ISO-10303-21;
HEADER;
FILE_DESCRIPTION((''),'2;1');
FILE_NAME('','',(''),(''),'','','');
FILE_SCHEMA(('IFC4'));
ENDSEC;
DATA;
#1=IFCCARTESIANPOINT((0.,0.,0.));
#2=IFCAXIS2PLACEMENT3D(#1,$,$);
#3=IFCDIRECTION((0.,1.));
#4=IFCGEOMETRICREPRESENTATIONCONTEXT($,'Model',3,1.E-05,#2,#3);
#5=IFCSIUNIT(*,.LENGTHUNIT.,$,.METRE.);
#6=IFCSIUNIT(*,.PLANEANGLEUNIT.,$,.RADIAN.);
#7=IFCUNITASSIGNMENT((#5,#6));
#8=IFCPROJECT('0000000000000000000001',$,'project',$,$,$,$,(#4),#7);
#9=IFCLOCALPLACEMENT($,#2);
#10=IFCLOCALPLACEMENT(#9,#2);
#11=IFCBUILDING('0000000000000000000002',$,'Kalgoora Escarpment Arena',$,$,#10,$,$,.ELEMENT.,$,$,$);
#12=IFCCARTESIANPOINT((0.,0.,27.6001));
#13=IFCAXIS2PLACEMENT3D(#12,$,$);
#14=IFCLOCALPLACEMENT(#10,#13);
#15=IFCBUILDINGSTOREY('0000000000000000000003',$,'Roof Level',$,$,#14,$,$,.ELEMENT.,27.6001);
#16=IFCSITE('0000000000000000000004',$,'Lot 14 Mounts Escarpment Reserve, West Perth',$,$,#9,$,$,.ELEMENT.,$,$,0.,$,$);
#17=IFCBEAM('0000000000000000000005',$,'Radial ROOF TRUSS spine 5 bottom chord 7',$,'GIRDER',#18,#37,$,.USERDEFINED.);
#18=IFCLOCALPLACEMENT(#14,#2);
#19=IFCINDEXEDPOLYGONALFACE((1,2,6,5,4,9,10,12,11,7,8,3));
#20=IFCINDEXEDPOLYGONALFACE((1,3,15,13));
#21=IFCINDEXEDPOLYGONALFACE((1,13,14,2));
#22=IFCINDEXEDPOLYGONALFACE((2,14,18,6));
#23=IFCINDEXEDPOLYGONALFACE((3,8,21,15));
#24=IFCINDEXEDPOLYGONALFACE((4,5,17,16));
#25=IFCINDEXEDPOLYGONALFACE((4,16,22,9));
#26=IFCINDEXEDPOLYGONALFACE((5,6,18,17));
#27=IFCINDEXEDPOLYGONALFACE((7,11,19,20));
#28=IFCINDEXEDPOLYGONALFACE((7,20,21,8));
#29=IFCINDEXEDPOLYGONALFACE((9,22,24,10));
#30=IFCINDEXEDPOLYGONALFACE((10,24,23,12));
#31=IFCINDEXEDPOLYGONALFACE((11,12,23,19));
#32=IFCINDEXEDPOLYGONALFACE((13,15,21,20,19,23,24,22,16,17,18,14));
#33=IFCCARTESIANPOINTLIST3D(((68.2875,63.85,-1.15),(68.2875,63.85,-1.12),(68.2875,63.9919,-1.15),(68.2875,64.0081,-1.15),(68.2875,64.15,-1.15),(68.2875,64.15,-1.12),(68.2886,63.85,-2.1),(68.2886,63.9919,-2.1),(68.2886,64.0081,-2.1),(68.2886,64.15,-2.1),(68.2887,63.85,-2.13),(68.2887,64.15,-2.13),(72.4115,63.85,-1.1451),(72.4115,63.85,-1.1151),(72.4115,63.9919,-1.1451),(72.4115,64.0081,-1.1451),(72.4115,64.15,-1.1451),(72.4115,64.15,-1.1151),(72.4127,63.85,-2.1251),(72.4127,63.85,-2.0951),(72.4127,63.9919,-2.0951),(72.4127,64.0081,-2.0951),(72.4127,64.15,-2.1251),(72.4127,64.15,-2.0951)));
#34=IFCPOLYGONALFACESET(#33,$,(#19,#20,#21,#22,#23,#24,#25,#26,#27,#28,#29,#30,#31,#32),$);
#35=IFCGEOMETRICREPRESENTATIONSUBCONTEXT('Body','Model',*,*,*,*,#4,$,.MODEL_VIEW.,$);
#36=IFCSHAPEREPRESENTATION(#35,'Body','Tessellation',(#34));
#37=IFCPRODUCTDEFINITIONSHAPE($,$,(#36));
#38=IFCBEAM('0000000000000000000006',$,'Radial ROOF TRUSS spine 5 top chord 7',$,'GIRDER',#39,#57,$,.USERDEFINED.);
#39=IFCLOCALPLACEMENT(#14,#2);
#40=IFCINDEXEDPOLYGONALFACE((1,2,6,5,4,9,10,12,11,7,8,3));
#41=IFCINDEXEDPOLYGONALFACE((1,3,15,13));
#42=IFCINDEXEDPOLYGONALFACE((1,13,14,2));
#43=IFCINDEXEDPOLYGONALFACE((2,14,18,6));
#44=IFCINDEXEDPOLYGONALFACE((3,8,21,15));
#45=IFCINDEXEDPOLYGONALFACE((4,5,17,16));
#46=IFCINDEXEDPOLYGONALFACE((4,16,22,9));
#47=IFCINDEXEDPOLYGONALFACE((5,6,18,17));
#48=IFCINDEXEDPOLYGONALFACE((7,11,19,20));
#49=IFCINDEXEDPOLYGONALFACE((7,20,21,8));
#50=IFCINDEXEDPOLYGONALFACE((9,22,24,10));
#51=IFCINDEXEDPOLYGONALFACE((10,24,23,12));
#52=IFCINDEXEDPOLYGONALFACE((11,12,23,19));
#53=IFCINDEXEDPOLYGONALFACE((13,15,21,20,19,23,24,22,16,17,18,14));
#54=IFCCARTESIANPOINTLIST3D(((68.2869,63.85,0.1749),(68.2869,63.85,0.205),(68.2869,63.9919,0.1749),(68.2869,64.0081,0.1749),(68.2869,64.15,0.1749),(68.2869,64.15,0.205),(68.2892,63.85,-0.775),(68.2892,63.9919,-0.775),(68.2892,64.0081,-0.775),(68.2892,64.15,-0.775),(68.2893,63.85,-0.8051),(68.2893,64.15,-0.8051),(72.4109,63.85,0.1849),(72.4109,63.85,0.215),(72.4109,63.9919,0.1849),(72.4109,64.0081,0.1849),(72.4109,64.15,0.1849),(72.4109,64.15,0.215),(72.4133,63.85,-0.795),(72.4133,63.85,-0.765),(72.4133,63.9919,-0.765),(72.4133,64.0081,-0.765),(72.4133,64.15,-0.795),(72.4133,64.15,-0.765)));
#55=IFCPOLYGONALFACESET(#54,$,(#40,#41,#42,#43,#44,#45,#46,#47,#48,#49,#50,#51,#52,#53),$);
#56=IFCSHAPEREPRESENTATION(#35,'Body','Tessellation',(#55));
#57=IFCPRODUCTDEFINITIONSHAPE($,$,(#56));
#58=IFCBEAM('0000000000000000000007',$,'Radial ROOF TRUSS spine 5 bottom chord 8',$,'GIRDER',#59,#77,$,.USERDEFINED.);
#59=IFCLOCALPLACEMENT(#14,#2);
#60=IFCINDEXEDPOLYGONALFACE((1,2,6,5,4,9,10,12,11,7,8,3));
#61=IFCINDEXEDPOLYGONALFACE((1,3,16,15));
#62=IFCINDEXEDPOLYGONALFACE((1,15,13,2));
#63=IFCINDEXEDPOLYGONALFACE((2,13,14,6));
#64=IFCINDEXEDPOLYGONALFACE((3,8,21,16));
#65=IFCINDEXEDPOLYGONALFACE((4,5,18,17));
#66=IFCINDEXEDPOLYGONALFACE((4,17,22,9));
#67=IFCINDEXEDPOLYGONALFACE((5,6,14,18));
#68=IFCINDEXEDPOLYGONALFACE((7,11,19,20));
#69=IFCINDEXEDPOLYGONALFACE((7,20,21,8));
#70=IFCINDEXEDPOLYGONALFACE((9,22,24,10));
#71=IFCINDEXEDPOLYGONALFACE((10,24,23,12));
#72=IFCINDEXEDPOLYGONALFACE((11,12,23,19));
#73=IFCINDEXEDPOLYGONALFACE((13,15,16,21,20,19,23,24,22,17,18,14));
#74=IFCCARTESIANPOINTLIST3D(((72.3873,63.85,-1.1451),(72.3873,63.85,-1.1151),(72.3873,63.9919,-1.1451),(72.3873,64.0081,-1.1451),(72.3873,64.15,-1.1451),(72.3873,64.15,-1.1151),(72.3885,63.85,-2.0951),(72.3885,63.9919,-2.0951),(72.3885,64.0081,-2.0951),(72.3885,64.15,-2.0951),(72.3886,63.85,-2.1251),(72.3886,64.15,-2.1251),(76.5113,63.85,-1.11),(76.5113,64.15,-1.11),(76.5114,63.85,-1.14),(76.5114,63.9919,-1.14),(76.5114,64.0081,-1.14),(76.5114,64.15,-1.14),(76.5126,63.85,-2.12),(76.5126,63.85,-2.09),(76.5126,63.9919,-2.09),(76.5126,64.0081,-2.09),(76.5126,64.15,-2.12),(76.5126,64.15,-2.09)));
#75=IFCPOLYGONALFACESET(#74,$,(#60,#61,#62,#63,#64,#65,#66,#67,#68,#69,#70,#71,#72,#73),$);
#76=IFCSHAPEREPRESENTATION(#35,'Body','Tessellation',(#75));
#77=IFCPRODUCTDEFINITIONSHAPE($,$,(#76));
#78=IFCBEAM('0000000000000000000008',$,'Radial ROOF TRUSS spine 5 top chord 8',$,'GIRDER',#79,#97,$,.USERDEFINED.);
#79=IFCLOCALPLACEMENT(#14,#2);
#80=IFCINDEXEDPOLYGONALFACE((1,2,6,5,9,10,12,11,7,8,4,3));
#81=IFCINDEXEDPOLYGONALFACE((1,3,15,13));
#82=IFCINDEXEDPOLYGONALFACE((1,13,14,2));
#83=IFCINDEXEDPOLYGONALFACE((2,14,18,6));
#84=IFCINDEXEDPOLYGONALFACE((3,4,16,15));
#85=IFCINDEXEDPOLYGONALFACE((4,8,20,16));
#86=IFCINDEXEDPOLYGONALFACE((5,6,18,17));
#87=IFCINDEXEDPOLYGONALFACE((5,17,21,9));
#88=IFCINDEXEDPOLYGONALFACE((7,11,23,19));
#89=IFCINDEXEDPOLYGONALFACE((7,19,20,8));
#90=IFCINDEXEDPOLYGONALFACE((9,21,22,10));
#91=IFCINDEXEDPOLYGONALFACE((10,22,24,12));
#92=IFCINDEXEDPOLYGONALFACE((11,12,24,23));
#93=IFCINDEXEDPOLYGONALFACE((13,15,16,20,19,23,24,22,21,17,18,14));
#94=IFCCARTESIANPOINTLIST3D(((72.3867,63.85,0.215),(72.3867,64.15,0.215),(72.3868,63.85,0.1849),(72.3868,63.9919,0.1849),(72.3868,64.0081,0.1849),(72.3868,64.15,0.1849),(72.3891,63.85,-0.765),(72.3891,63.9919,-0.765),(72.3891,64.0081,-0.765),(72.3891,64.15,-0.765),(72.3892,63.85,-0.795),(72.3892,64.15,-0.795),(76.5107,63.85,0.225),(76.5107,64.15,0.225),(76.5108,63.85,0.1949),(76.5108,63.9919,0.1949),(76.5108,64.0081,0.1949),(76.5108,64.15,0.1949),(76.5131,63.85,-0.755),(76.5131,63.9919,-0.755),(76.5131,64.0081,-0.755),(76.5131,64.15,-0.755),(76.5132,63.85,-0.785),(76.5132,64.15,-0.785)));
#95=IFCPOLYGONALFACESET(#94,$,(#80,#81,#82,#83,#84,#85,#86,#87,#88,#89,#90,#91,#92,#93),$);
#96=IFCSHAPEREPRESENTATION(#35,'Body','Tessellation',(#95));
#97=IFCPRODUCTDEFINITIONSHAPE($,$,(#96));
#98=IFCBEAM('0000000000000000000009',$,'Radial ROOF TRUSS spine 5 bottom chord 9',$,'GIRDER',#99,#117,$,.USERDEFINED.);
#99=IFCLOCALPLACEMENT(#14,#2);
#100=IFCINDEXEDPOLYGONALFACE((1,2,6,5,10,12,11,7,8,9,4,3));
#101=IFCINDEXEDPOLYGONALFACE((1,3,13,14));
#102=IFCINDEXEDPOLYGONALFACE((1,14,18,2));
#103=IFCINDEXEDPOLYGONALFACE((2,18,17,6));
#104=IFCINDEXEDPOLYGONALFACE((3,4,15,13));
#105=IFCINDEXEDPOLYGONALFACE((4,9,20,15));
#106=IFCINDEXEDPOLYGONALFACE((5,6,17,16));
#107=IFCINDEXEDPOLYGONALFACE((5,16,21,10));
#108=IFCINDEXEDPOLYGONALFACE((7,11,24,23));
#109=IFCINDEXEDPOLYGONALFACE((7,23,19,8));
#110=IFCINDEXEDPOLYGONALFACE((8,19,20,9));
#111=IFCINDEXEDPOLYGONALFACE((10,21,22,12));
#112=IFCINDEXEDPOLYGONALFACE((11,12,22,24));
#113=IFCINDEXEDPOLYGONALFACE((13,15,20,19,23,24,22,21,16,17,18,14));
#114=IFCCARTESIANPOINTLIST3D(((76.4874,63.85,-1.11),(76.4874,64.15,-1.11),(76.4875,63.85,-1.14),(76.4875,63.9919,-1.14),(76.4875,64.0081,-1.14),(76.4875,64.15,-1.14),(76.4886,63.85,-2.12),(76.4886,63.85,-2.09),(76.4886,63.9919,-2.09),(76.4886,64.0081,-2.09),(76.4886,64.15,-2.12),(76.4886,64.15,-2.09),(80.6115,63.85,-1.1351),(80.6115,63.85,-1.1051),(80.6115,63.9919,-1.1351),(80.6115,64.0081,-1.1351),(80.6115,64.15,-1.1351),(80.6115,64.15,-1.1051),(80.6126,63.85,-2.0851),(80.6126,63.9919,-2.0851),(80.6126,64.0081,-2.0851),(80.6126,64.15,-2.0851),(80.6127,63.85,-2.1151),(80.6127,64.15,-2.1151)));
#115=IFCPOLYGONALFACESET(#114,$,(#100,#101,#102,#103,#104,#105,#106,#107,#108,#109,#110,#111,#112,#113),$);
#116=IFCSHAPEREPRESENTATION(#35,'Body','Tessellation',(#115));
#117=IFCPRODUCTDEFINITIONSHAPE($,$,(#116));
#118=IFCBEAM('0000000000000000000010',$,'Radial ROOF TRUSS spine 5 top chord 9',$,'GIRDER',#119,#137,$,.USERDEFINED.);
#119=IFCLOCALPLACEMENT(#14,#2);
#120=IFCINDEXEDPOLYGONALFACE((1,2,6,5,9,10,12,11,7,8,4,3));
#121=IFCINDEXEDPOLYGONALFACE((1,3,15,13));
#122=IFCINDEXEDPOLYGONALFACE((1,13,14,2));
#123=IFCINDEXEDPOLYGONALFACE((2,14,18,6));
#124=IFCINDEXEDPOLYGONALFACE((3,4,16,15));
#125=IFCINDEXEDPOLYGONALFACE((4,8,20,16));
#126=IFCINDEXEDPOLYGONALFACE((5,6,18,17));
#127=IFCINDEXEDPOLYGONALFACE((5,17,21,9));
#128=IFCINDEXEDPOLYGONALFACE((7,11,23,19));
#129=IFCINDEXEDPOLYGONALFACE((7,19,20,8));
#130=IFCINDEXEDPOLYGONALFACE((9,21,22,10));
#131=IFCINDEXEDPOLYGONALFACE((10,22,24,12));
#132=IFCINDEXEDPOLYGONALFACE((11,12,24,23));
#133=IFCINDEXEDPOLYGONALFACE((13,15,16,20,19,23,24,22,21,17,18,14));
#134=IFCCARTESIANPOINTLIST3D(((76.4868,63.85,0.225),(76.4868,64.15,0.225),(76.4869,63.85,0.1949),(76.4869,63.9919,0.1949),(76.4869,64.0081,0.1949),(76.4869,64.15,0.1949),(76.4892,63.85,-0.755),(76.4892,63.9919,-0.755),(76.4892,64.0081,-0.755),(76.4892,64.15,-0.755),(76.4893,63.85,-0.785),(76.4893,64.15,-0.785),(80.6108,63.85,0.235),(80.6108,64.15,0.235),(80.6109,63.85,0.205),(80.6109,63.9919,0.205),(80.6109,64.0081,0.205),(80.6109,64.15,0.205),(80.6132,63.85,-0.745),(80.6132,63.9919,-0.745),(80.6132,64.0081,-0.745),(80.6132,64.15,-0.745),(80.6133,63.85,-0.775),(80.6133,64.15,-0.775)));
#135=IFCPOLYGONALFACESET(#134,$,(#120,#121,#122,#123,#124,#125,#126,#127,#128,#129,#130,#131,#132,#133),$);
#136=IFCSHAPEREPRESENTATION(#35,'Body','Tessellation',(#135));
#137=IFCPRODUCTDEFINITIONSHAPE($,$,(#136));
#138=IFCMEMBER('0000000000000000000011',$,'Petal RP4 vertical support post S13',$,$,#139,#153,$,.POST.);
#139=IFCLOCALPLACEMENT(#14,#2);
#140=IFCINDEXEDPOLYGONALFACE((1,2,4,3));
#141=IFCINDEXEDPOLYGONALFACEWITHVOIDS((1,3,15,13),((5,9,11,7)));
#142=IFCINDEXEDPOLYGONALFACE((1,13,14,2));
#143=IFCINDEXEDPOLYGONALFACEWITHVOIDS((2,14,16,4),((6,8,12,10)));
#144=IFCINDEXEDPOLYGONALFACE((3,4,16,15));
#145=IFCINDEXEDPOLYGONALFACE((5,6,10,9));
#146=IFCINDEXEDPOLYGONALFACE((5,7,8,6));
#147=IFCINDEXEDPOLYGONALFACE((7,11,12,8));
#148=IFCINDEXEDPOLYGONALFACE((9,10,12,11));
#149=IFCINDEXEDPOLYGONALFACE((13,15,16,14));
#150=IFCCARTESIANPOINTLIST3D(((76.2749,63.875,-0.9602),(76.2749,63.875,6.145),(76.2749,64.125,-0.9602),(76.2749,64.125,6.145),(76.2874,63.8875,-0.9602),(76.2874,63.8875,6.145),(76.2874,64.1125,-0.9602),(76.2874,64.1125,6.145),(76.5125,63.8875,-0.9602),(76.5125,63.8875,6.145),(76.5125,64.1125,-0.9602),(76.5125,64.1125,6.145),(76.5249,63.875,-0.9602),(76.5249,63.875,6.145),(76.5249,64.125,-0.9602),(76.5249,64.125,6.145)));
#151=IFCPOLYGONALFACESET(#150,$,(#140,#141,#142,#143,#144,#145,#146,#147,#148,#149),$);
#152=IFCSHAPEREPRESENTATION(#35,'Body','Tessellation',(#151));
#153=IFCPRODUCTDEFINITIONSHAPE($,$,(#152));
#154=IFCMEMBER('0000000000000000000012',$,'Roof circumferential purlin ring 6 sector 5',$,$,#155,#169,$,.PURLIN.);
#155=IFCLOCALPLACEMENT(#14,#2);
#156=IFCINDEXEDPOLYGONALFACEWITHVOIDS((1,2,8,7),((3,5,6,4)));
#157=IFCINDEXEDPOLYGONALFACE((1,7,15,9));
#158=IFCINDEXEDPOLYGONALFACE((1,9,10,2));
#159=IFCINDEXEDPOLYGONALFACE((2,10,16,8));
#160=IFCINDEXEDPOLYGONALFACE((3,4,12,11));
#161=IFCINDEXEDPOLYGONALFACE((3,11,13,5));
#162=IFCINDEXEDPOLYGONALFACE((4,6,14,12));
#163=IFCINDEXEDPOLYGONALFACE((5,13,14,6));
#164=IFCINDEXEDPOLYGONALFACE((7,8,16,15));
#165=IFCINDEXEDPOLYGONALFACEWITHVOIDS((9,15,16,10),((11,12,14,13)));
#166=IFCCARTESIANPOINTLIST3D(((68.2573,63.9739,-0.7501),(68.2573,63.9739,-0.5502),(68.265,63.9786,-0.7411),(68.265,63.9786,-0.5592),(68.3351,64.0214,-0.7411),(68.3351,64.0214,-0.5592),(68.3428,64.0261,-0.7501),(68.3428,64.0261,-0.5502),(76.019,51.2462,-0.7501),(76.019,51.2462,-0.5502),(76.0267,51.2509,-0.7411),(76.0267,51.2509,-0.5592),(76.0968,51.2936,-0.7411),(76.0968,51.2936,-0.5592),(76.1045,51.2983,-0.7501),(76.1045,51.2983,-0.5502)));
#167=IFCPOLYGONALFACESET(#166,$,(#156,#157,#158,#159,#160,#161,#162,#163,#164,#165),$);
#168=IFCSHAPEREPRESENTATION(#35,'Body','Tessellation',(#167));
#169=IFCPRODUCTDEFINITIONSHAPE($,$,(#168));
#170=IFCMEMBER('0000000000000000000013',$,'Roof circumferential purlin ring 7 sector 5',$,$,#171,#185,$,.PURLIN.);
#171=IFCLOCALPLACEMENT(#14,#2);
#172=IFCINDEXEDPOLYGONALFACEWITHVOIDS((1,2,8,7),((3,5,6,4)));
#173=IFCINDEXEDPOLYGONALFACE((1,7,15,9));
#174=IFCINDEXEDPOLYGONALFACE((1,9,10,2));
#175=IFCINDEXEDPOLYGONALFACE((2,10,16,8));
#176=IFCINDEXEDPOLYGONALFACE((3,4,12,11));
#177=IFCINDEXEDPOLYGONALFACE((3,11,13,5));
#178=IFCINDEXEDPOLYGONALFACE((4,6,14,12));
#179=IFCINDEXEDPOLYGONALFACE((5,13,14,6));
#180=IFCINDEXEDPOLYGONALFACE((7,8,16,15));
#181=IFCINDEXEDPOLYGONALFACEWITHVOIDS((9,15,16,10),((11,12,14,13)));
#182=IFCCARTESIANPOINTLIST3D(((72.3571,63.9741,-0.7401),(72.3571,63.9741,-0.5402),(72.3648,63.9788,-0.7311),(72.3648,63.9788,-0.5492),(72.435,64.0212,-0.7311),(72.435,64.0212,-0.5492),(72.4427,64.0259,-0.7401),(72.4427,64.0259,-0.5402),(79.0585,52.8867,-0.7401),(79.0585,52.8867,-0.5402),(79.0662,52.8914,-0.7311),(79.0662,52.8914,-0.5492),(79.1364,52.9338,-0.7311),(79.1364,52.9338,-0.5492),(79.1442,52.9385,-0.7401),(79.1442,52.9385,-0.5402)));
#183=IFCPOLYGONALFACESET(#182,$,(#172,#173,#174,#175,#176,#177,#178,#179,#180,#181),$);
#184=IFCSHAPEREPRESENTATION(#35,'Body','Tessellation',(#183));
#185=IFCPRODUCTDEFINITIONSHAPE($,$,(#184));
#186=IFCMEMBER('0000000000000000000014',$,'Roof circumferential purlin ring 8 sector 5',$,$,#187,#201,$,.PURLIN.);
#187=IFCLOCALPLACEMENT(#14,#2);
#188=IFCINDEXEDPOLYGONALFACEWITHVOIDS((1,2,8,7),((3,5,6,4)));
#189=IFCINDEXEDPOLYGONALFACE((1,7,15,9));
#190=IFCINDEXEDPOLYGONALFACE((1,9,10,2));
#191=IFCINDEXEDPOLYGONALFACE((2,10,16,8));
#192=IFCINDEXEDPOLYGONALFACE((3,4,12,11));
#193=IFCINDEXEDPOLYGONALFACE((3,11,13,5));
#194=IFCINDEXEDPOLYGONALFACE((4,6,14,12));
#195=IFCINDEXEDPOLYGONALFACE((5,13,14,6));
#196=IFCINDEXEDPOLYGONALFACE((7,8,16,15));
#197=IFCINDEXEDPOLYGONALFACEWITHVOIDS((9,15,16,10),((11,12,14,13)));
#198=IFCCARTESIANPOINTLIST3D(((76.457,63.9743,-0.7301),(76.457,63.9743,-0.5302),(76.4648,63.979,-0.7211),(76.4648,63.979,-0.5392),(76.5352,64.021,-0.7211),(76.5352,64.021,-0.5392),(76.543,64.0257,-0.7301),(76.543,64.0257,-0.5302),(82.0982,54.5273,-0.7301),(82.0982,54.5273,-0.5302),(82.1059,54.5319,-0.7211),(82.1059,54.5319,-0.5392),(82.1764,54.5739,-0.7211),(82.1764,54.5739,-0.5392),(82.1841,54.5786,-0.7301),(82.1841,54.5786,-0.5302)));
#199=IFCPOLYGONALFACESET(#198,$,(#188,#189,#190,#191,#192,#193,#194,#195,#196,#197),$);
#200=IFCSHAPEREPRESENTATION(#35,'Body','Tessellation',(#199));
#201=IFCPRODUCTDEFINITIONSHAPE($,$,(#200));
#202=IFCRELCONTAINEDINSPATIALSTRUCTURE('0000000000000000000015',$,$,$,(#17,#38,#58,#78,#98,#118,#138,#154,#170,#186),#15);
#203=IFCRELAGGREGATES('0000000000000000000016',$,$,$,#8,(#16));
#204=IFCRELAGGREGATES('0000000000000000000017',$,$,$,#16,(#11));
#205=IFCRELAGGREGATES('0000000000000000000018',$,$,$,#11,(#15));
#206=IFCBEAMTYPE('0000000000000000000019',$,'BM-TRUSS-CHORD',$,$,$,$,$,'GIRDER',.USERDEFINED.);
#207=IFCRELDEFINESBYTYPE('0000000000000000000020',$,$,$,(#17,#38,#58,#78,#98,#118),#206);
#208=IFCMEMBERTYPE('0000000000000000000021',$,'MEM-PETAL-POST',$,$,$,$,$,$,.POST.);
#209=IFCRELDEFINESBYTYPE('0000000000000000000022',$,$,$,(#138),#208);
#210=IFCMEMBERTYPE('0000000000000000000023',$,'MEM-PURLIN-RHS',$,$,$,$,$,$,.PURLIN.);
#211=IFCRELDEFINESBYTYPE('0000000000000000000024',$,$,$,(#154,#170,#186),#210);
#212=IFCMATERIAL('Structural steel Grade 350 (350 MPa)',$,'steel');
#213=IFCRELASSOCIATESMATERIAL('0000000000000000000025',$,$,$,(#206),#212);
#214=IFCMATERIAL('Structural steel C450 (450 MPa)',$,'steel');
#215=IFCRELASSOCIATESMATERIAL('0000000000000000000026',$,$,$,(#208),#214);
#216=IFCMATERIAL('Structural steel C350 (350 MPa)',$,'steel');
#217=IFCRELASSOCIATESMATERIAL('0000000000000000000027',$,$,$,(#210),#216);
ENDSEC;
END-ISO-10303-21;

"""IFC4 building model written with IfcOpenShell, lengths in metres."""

from ifc_helpers import new_model, si_unit, direction, frame, origin, origin_2d, place, context, subcontext, project, spatial, hollow_rectangle, i_section, extrude, material, material_profile, profile_set, type_object, element, save


model = new_model("IFC4")

# Units and contexts
model_context = context("Model", 3, precision=1e-05, world=origin(), true_north=direction((0.0, 1.0)))
body_context = subcontext(model_context, "Body", "Model", "MODEL_VIEW")
ifc_project = project(units=[si_unit("LENGTHUNIT", "METRE"), si_unit("PLANEANGLEUNIT", "RADIAN")], contexts=[model_context])

# Site, building, storey
site_placement = place(None, origin())
site = spatial("IfcSite", under=ifc_project, at=site_placement, Name="Lot 14 Mounts Escarpment Reserve, West Perth", CompositionType="ELEMENT", RefElevation=0.0)
building_placement = place(site_placement, origin())
building = spatial("IfcBuilding", under=site, at=building_placement, Name="Kalgoora Escarpment Arena", CompositionType="ELEMENT")
storey_placement = place(building_placement, frame((0.0, 0.0, 27.6001)))
storey = spatial("IfcBuildingStorey", under=building, at=storey_placement, Name="Roof Level", CompositionType="ELEMENT", Elevation=27.6001)

# Beams
ifc_material_1 = material(Name="Structural steel Grade 350 (350 MPa)", Category="steel")
ifc_material_profile_1 = material_profile(ifc_material_1, i_section(OverallWidth=0.3, OverallDepth=1.01, WebThickness=0.0161, FlangeThickness=0.03, at=origin_2d()))
ifc_profile_set_1 = profile_set([ifc_material_profile_1], Name="Structural steel Grade 350 (350 MPa)")
beam_type = type_object("IfcBeamType", Name="BM-TRUSS-CHORD", ElementType="GIRDER", PredefinedType="USERDEFINED", material=ifc_profile_set_1)
for number, where, z_axis, x_axis, name in (
    (1, (68.2881, 64.0, -1.625), (0.999999, 0.0, 0.001184), (0.0, 1.0, 0.0), "Radial ROOF TRUSS spine 5 bottom chord 7"),
    (2, (68.2881, 64.0, -0.3), (0.999997, 0.0, 0.002427), (0.0, 1.0, 0.0), "Radial ROOF TRUSS spine 5 top chord 7"),
    (3, (72.3879, 64.0, -1.6201), (0.999999, 0.0, 0.001243), (0.0, 1.0, 0.0), "Radial ROOF TRUSS spine 5 bottom chord 8"),
    (4, (72.3879, 64.0, -0.29), (0.999997, 0.0, 0.002427), (0.0, 1.0, 0.0), "Radial ROOF TRUSS spine 5 top chord 8"),
    (5, (76.488, 64.0, -1.615), (0.999999, 0.0, 0.001184), (0.0, 1.0, 0.0), "Radial ROOF TRUSS spine 5 bottom chord 9"),
    (6, (76.488, 64.0, -0.28), (0.999997, 0.0, 0.002427), (0.0, 1.0, 0.0), "Radial ROOF TRUSS spine 5 top chord 9"),
):
    element("IfcBeam", number, at=place(storey_placement, frame(where, z_axis=z_axis, x_axis=x_axis)), inside=storey, type_object=beam_type, Name=name, ObjectType="GIRDER", PredefinedType="USERDEFINED", context=body_context, shape_type="SweptSolid", body=[
        extrude(i_section(OverallWidth=0.3, OverallDepth=1.01, WebThickness=0.0161, FlangeThickness=0.03, at=origin_2d()), origin(), (0.0, 0.0, 1.0), 4.124),
    ])

# Members
ifc_material_2 = material(Name="Structural steel C450 (450 MPa)", Category="steel")
ifc_material_profile_2 = material_profile(ifc_material_2, hollow_rectangle(XDim=0.25, YDim=0.25, WallThickness=0.0125, at=origin_2d()))
ifc_profile_set_2 = profile_set([ifc_material_profile_2], Name="Structural steel C450 (450 MPa)")
member_type_1 = type_object("IfcMemberType", Name="MEM-PETAL-POST", PredefinedType="POST", material=ifc_profile_set_2)
member_1_placement = place(storey_placement, frame((76.3999, 64.0, -0.9602), z_axis=(0.0, 0.0, 1.0), x_axis=(1.0, 0.0, 0.0)))
element("IfcMember", 7, at=member_1_placement, inside=storey, type_object=member_type_1, Name="Petal RP4 vertical support post S13", PredefinedType="POST", context=body_context, shape_type="SweptSolid", body=[
    extrude(hollow_rectangle(XDim=0.25, YDim=0.25, WallThickness=0.0125, at=origin_2d()), origin(), (0.0, 0.0, 1.0), 7.1052),
])
ifc_material_3 = material(Name="Structural steel C350 (350 MPa)", Category="steel")
ifc_material_profile_3 = material_profile(ifc_material_3, hollow_rectangle(XDim=0.1001, YDim=0.2, WallThickness=0.009, at=origin_2d()))
ifc_profile_set_3 = profile_set([ifc_material_profile_3], Name="Structural steel C350 (350 MPa)")
member_type_2 = type_object("IfcMemberType", Name="MEM-PURLIN-RHS", PredefinedType="PURLIN", material=ifc_profile_set_3)
member_2_placement = place(storey_placement, frame((68.3, 64.0, -0.6501), z_axis=(0.52065, -0.85377, 0.0), x_axis=(0.85377, 0.52065, 0.0)))
element("IfcMember", 8, at=member_2_placement, inside=storey, type_object=member_type_2, Name="Roof circumferential purlin ring 6 sector 5", PredefinedType="PURLIN", context=body_context, shape_type="SweptSolid", body=[
    extrude(hollow_rectangle(XDim=0.1001, YDim=0.2, WallThickness=0.009, at=origin_2d()), origin(), (0.0, 0.0, 1.0), 14.9077),
])
member_3_placement = place(storey_placement, frame((72.3999, 64.0, -0.6401), z_axis=(0.517273, -0.855821, 0.0), x_axis=(0.855821, 0.517273, 0.0)))
element("IfcMember", 9, at=member_3_placement, inside=storey, type_object=member_type_2, Name="Roof circumferential purlin ring 7 sector 5", PredefinedType="PURLIN", context=body_context, shape_type="SweptSolid", body=[
    extrude(hollow_rectangle(XDim=0.1001, YDim=0.2, WallThickness=0.009, at=origin_2d()), origin(), (0.0, 0.0, 1.0), 12.9553),
])
member_4_placement = place(storey_placement, frame((76.5, 64.0, -0.6301), z_axis=(0.512684, -0.858578, 0.0), x_axis=(0.858578, 0.512684, 0.0)))
element("IfcMember", 10, at=member_4_placement, inside=storey, type_object=member_type_2, Name="Roof circumferential purlin ring 8 sector 5", PredefinedType="PURLIN", context=body_context, shape_type="SweptSolid", body=[
    extrude(hollow_rectangle(XDim=0.1001, YDim=0.2, WallThickness=0.009, at=origin_2d()), origin(), (0.0, 0.0, 1.0), 11.0032),
])

save(model, "model.ifc")
